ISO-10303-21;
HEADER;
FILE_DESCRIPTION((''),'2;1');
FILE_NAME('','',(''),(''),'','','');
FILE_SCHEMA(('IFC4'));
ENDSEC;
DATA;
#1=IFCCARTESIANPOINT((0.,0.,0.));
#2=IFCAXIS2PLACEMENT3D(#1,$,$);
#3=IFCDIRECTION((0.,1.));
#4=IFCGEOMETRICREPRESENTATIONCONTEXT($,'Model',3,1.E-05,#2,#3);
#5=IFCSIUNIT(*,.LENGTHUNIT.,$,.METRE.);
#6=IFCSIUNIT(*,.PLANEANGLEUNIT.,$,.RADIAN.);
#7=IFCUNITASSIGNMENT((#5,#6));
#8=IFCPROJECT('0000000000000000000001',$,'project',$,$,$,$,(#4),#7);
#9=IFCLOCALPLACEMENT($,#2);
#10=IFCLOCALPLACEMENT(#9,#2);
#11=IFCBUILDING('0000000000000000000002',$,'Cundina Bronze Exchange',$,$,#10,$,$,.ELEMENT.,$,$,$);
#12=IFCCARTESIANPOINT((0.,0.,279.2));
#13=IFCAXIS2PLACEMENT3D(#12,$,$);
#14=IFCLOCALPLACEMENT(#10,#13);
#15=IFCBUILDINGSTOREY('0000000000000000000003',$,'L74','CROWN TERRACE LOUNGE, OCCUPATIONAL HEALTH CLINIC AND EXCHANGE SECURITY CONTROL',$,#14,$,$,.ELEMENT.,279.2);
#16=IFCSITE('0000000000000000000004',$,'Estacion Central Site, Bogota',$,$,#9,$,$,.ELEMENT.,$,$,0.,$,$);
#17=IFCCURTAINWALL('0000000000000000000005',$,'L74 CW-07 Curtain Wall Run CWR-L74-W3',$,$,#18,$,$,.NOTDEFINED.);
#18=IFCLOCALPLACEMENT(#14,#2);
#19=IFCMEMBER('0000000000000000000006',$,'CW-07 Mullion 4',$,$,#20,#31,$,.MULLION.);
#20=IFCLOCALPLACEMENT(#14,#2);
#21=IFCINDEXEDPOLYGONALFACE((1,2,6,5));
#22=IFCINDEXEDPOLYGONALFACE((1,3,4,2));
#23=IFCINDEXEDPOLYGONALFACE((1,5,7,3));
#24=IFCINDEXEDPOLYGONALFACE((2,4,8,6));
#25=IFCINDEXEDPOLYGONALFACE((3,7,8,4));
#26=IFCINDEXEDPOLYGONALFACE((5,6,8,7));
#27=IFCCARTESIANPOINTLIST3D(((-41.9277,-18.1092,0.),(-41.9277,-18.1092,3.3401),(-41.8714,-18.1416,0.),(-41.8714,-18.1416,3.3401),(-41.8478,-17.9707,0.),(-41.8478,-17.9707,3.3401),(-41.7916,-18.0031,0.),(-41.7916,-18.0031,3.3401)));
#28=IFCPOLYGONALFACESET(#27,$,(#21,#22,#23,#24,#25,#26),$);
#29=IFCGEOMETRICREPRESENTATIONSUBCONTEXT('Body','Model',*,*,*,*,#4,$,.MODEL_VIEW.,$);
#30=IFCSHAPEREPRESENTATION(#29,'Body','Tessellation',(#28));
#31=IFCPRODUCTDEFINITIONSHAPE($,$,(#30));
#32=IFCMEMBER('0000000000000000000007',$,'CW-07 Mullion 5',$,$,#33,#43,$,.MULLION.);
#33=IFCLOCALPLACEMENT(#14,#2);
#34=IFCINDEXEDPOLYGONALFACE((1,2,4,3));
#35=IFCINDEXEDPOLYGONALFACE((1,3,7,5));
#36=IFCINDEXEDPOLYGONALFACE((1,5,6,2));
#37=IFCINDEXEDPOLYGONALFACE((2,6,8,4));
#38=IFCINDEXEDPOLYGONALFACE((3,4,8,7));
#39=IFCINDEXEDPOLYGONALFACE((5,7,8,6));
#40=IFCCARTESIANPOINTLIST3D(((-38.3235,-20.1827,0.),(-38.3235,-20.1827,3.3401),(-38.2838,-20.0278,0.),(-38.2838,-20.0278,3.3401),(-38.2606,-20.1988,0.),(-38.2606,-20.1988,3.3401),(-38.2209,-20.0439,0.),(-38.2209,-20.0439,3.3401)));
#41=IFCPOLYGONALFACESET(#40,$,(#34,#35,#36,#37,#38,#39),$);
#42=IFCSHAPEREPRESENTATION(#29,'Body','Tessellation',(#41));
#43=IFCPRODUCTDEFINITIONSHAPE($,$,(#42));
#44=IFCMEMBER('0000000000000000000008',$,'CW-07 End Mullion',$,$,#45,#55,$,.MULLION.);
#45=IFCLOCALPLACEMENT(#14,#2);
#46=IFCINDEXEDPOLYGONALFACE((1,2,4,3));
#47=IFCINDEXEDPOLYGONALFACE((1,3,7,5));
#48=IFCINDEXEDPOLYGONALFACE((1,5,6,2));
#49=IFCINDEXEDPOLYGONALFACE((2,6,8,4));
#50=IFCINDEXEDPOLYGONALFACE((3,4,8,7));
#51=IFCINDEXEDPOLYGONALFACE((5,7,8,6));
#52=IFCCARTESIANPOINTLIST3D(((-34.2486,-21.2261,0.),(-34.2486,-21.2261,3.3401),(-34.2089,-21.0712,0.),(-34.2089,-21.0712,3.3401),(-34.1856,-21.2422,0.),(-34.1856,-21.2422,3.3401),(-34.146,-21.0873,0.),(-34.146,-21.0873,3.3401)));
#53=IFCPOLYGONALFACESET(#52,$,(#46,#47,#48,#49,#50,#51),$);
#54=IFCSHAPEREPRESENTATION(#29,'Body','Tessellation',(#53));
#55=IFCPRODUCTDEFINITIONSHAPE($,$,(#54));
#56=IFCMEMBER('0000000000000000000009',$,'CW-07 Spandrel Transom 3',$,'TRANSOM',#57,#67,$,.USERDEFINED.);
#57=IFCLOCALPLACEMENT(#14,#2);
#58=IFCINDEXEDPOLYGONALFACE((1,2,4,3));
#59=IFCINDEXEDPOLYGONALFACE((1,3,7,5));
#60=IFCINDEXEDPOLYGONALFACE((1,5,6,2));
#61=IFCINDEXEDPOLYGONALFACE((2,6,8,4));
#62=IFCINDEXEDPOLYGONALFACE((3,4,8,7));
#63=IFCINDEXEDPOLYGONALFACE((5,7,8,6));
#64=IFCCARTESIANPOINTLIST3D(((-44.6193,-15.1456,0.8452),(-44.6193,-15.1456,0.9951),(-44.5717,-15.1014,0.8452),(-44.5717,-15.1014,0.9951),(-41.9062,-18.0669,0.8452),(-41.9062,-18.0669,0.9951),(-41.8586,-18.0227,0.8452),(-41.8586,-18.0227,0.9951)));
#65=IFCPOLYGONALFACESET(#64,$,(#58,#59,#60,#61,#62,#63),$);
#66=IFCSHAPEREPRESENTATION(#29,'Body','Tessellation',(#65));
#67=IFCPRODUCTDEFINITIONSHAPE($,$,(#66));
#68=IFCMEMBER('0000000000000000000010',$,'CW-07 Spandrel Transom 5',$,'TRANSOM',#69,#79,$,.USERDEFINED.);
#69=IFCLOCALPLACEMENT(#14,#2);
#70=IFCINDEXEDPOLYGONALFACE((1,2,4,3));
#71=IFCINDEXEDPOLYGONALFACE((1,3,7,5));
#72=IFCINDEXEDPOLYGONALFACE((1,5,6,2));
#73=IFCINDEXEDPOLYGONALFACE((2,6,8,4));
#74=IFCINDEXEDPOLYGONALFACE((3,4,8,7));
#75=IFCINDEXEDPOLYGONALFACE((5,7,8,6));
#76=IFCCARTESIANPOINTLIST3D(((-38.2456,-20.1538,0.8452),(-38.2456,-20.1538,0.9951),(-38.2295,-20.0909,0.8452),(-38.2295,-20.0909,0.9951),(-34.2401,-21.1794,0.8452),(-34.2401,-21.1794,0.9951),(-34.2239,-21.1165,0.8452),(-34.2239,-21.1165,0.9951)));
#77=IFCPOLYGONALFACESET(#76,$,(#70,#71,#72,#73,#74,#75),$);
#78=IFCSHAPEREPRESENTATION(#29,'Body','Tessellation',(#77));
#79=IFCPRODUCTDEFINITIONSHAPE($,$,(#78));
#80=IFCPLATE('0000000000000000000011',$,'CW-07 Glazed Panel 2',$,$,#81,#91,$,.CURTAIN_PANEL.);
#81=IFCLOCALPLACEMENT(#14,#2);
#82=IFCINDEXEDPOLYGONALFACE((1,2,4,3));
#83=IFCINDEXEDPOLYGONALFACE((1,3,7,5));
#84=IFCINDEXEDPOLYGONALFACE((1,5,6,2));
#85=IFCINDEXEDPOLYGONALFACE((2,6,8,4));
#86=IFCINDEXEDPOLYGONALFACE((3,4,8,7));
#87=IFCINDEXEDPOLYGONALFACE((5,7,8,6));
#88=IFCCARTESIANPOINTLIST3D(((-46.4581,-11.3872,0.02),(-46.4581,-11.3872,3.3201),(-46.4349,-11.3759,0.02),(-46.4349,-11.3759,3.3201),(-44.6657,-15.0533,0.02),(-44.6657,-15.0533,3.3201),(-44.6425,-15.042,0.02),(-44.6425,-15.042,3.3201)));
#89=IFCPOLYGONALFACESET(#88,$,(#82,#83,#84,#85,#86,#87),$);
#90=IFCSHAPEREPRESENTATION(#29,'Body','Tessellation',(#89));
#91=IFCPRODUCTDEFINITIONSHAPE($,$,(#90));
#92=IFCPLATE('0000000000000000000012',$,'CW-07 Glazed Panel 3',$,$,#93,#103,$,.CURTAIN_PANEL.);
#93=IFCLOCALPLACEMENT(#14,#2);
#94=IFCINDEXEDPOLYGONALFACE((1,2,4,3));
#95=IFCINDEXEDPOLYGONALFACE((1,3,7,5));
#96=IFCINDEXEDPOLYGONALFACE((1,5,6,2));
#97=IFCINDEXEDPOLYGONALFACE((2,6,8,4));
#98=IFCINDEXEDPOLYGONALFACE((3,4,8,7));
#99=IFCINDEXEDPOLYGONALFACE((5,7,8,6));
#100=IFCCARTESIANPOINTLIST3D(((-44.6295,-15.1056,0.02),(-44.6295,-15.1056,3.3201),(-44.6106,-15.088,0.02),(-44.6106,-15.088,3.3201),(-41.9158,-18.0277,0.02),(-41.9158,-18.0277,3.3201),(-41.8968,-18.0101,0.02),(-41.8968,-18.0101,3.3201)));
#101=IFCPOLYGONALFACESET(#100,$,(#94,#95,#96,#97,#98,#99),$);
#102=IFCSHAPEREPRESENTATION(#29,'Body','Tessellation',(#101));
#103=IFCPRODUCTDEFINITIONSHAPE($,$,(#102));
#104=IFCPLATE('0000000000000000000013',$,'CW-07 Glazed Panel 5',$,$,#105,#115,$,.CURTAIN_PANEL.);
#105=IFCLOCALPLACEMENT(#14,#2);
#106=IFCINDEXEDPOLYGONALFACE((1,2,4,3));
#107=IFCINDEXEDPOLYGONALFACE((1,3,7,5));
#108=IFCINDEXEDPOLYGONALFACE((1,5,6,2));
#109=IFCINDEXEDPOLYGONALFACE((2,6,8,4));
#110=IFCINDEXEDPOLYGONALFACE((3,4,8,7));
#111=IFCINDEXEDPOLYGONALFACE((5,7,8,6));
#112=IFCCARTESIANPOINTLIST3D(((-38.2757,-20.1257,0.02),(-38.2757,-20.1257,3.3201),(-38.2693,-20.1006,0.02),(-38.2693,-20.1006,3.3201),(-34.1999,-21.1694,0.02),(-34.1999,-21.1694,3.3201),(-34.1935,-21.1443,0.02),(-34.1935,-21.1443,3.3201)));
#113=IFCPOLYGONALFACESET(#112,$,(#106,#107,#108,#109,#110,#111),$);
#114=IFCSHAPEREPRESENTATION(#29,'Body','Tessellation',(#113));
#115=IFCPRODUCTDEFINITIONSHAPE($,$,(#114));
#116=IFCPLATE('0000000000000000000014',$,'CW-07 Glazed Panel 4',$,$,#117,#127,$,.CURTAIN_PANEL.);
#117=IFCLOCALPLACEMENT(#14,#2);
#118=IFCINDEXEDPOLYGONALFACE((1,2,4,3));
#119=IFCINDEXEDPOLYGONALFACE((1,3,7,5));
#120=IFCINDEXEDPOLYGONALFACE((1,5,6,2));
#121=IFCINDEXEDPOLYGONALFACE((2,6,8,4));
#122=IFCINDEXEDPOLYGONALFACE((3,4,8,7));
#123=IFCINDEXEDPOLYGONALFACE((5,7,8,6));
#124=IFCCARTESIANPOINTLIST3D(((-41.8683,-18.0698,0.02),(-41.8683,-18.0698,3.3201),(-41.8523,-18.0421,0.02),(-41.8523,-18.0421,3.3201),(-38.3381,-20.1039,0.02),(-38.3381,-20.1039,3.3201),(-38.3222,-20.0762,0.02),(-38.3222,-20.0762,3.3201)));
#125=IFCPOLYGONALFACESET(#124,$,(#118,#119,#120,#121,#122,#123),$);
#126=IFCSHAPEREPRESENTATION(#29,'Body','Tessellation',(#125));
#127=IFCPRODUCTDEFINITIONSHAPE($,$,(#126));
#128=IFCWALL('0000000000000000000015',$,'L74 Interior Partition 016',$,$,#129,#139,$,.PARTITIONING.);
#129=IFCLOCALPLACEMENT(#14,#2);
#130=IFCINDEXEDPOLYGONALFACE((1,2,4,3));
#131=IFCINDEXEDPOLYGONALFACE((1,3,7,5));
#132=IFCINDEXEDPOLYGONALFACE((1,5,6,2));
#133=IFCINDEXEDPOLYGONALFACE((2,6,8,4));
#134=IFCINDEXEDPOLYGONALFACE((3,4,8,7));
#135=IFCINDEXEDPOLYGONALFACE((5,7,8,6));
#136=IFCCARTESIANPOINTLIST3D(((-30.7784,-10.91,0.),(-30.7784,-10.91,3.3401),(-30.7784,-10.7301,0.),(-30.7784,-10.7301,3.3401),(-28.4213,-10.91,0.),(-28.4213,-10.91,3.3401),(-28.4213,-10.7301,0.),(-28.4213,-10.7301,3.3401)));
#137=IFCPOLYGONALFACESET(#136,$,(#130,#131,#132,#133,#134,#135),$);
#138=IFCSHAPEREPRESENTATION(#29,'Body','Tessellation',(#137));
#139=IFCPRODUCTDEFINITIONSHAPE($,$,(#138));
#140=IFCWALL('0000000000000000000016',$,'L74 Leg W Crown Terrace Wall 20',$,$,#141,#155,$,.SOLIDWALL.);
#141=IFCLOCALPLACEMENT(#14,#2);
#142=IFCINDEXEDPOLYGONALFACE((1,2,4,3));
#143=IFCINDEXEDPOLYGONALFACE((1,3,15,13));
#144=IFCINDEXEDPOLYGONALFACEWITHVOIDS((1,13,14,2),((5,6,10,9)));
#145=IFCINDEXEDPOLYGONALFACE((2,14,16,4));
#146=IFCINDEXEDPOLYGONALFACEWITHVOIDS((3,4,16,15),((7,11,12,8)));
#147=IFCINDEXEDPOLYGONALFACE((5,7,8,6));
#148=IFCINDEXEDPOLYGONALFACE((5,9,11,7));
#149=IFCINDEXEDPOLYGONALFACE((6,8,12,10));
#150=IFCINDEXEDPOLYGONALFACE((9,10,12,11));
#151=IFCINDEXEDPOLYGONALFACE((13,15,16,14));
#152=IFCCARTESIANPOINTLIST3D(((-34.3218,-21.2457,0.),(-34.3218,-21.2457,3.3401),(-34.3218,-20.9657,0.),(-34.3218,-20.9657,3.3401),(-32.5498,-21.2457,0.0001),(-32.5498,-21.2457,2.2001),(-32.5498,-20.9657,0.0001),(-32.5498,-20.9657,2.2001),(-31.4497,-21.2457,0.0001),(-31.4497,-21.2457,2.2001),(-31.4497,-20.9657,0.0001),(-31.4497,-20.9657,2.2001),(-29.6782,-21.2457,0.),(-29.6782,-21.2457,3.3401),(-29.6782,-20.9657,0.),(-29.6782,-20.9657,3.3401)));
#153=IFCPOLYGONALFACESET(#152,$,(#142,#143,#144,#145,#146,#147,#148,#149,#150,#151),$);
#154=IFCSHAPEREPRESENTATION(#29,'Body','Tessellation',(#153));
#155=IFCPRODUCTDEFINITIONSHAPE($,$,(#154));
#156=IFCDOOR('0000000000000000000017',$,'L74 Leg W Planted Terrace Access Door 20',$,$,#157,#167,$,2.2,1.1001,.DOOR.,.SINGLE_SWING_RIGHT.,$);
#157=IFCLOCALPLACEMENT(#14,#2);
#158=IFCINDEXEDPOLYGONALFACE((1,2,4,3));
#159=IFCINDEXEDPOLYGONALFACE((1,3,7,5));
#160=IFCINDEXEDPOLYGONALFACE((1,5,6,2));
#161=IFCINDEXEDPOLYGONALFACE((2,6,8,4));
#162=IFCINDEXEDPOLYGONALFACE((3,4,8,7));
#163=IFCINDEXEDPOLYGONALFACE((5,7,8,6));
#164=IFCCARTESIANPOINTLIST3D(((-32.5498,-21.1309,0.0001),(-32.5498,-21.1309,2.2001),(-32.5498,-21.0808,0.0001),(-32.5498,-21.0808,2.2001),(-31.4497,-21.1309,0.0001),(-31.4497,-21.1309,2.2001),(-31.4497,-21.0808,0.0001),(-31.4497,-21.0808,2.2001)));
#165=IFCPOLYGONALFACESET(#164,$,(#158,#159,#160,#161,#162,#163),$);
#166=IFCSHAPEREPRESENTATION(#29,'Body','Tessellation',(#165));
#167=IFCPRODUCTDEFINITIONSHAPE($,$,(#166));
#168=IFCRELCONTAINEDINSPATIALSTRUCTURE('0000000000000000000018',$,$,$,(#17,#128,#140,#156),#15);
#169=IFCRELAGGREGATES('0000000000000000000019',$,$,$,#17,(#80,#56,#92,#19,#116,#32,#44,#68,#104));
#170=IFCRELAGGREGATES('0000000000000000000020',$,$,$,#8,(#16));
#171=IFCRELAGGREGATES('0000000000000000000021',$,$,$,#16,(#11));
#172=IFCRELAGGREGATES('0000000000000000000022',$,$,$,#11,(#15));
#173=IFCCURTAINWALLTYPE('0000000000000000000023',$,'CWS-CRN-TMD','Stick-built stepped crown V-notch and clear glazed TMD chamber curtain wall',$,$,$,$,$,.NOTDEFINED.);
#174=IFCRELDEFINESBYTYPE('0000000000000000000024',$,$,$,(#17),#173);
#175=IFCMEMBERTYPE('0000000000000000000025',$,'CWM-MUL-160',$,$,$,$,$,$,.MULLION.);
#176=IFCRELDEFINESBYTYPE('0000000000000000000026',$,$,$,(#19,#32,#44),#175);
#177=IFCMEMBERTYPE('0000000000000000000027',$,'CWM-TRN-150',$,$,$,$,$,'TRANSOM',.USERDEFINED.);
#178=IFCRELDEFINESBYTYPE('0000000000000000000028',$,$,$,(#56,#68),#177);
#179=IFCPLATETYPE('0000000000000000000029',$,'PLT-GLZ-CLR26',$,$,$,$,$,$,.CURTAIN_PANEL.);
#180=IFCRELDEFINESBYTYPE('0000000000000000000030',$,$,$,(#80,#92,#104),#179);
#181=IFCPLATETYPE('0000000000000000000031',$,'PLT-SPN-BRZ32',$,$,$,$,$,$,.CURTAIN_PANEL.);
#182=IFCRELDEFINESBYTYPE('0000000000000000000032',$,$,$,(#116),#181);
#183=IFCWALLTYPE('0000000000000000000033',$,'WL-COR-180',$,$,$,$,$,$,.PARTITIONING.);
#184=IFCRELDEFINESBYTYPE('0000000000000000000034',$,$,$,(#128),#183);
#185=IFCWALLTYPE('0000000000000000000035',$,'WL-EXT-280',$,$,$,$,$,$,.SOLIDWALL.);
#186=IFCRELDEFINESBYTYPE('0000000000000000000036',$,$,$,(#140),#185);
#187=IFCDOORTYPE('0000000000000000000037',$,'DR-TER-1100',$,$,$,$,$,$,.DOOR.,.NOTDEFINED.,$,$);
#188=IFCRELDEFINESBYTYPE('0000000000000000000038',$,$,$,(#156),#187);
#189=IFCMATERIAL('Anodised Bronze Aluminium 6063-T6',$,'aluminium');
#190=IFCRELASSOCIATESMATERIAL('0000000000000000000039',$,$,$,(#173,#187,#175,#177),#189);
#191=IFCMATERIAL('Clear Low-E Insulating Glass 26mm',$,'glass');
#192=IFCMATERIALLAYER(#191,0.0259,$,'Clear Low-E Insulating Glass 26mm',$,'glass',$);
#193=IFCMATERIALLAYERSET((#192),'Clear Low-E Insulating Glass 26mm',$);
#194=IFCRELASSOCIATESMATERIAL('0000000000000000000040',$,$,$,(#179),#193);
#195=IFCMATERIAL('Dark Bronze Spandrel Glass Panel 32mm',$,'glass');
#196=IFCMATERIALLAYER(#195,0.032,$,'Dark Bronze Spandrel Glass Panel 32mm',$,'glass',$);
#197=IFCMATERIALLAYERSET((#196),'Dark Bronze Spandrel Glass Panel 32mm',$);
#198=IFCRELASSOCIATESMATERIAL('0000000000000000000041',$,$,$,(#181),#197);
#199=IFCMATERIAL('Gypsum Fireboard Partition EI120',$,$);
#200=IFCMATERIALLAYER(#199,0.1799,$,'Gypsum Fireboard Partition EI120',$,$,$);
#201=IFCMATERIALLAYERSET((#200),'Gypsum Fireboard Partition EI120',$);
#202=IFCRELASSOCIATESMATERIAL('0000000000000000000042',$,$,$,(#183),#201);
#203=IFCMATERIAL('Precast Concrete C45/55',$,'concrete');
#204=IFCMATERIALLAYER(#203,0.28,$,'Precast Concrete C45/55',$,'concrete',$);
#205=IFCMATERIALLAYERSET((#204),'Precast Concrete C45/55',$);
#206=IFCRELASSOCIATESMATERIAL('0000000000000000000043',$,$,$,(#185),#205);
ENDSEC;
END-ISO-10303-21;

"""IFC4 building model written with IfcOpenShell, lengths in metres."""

from ifc_helpers import new_model, si_unit, direction, frame, frame_2d, origin, origin_2d, place, context, subcontext, project, spatial, rectangle, extrude, material, layer, layer_set, material_profile, profile_set, type_object, element, fill, aggregate, save


model = new_model("IFC4")

# Units and contexts
model_context = context("Model", 3, precision=1e-05, world=origin(), true_north=direction((0.0, 1.0)))
body_context = subcontext(model_context, "Body", "Model", "MODEL_VIEW")
ifc_project = project(units=[si_unit("LENGTHUNIT", "METRE"), si_unit("PLANEANGLEUNIT", "RADIAN")], contexts=[model_context])

# Site, building, storey
site_placement = place(None, origin())
site = spatial("IfcSite", under=ifc_project, at=site_placement, Name="Estacion Central Site, Bogota", CompositionType="ELEMENT", RefElevation=0.0)
building_placement = place(site_placement, origin())
building = spatial("IfcBuilding", under=site, at=building_placement, Name="Cundina Bronze Exchange", CompositionType="ELEMENT")
storey_placement = place(building_placement, frame((0.0, 0.0, 279.2)))
storey = spatial("IfcBuildingStorey", under=building, at=storey_placement, Name="L74", Description="CROWN TERRACE LOUNGE, OCCUPATIONAL HEALTH CLINIC AND EXCHANGE SECURITY CONTROL", CompositionType="ELEMENT", Elevation=279.2)

# Curtain wall, members, plates
ifc_material_1 = material(Name="Anodised Bronze Aluminium 6063-T6", Category="aluminium")
curtain_wall_type = type_object("IfcCurtainWallType", Name="CWS-CRN-TMD", Description="Stick-built stepped crown V-notch and clear glazed TMD chamber curtain wall", PredefinedType="NOTDEFINED", material=ifc_material_1)
curtain_wall_placement = place(storey_placement, origin())
curtain_wall = element("IfcCurtainWall", 1, at=curtain_wall_placement, inside=storey, type_object=curtain_wall_type, Name="L74 CW-07 Curtain Wall Run CWR-L74-W3", PredefinedType="NOTDEFINED")
ifc_material_profile_1 = material_profile(ifc_material_1, rectangle(XDim=0.0649, YDim=0.1599, at=origin_2d()), Name="AL65X160", Category="aluminium")
ifc_profile_set_1 = profile_set([ifc_material_profile_1], Name="Anodised Bronze Aluminium 6063-T6")
member_type_1 = type_object("IfcMemberType", Name="CWM-MUL-160", PredefinedType="MULLION", material=ifc_profile_set_1)
member_1_placement = place(storey_placement, frame((-41.8596, -18.0562, 0.0), z_axis=(0.0, 0.0, 1.0), x_axis=(0.866461, -0.499244, 0.0)))
member_1 = element("IfcMember", 2, at=member_1_placement, type_object=member_type_1, Name="CW-07 Mullion 4", PredefinedType="MULLION", context=body_context, shape_type="SweptSolid", body=[
    extrude(rectangle(XDim=0.0649, YDim=0.1599, at=origin_2d()), origin(), (0.0, 0.0, 1.0), 3.3401),
])
member_2_placement = place(storey_placement, frame((-38.2722, -20.1133, 0.0), z_axis=(0.0, 0.0, 1.0), x_axis=(0.968757, -0.248014, 0.0)))
member_2 = element("IfcMember", 3, at=member_2_placement, type_object=member_type_1, Name="CW-07 Mullion 5", PredefinedType="MULLION", context=body_context, shape_type="SweptSolid", body=[
    extrude(rectangle(XDim=0.0649, YDim=0.1599, at=origin_2d()), origin(), (0.0, 0.0, 1.0), 3.3401),
])
member_3_placement = place(storey_placement, frame((-34.1973, -21.1567, 0.0), z_axis=(0.0, 0.0, 1.0), x_axis=(0.968757, -0.248014, 0.0)))
member_3 = element("IfcMember", 4, at=member_3_placement, type_object=member_type_1, Name="CW-07 End Mullion", PredefinedType="MULLION", context=body_context, shape_type="SweptSolid", body=[
    extrude(rectangle(XDim=0.0649, YDim=0.1599, at=origin_2d()), origin(), (0.0, 0.0, 1.0), 3.3401),
])
ifc_material_profile_2 = material_profile(ifc_material_1, rectangle(XDim=0.0649, YDim=0.1499, at=origin_2d()), Name="AL65X150", Category="aluminium")
ifc_profile_set_2 = profile_set([ifc_material_profile_2], Name="Anodised Bronze Aluminium 6063-T6")
member_type_2 = type_object("IfcMemberType", Name="CWM-TRN-150", ElementType="TRANSOM", PredefinedType="USERDEFINED", material=ifc_profile_set_2)
member_4_placement = place(storey_placement, frame((-44.5955, -15.1235, 0.9202), z_axis=(0.680507, -0.732741, 0.0), x_axis=(0.732741, 0.680507, 0.0)))
member_4 = element("IfcMember", 5, at=member_4_placement, type_object=member_type_2, Name="CW-07 Spandrel Transom 3", ObjectType="TRANSOM", PredefinedType="USERDEFINED", context=body_context, shape_type="SweptSolid", body=[
    extrude(rectangle(XDim=0.0649, YDim=0.1499, at=origin_2d()), origin(), (0.0, 0.0, 1.0), 3.9868),
])
member_5_placement = place(storey_placement, frame((-38.2375, -20.1223, 0.9202), z_axis=(0.968748, -0.248047, 0.0), x_axis=(0.248047, 0.968748, 0.0)))
member_5 = element("IfcMember", 6, at=member_5_placement, type_object=member_type_2, Name="CW-07 Spandrel Transom 5", ObjectType="TRANSOM", PredefinedType="USERDEFINED", context=body_context, shape_type="SweptSolid", body=[
    extrude(rectangle(XDim=0.0649, YDim=0.1499, at=origin_2d()), origin(), (0.0, 0.0, 1.0), 4.1348),
])
ifc_material_2 = material(Name="Clear Low-E Insulating Glass 26mm", Category="glass")
ifc_layer_1 = layer(ifc_material_2, 0.0259, Name="Clear Low-E Insulating Glass 26mm", Category="glass")
ifc_layer_set_1 = layer_set([ifc_layer_1], Name="Clear Low-E Insulating Glass 26mm")
plate_type_1 = type_object("IfcPlateType", Name="PLT-GLZ-CLR26", PredefinedType="CURTAIN_PANEL", material=ifc_layer_set_1)
plate_1_placement = place(storey_placement, frame((-45.5503, -13.2146, 0.02), z_axis=(0.0, 0.0, 1.0), x_axis=(0.439234, -0.898373, 0.0)))
plate_1 = element("IfcPlate", 7, at=plate_1_placement, type_object=plate_type_1, Name="CW-07 Glazed Panel 2", PredefinedType="CURTAIN_PANEL", context=body_context, shape_type="SweptSolid", body=[
    extrude(rectangle(XDim=4.0808, YDim=0.0259, at=origin_2d()), origin(), (0.0, 0.0, 1.0), 3.3),
])
plate_2_placement = place(storey_placement, frame((-43.2632, -16.5579, 0.02), z_axis=(0.0, 0.0, 1.0), x_axis=(0.680503, -0.732745, 0.0)))
plate_2 = element("IfcPlate", 8, at=plate_2_placement, type_object=plate_type_1, Name="CW-07 Glazed Panel 3", PredefinedType="CURTAIN_PANEL", context=body_context, shape_type="SweptSolid", body=[
    extrude(rectangle(XDim=3.9878, YDim=0.0259, at=origin_2d()), origin(), (0.0, 0.0, 1.0), 3.3),
])
plate_3_placement = place(storey_placement, frame((-36.2346, -20.635, 0.02), z_axis=(0.0, 0.0, 1.0), x_axis=(0.968744, -0.248064, 0.0)))
plate_3 = element("IfcPlate", 9, at=plate_3_placement, type_object=plate_type_1, Name="CW-07 Glazed Panel 5", PredefinedType="CURTAIN_PANEL", context=body_context, shape_type="SweptSolid", body=[
    extrude(rectangle(XDim=4.2073, YDim=0.0259, at=origin_2d()), origin(), (0.0, 0.0, 1.0), 3.3),
])
ifc_material_3 = material(Name="Dark Bronze Spandrel Glass Panel 32mm", Category="glass")
ifc_layer_2 = layer(ifc_material_3, 0.032, Name="Dark Bronze Spandrel Glass Panel 32mm", Category="glass")
ifc_layer_set_2 = layer_set([ifc_layer_2], Name="Dark Bronze Spandrel Glass Panel 32mm")
plate_type_2 = type_object("IfcPlateType", Name="PLT-SPN-BRZ32", PredefinedType="CURTAIN_PANEL", material=ifc_layer_set_2)
plate_4_placement = place(storey_placement, frame((-40.0952, -19.073, 0.02), z_axis=(0.0, 0.0, 1.0), x_axis=(0.866453, -0.499259, 0.0)))
plate_4 = element("IfcPlate", 10, at=plate_4_placement, type_object=plate_type_2, Name="CW-07 Glazed Panel 4", PredefinedType="CURTAIN_PANEL", context=body_context, shape_type="SweptSolid", body=[
    extrude(rectangle(XDim=4.0742, YDim=0.032, at=origin_2d()), origin(), (0.0, 0.0, 1.0), 3.3),
])
aggregate(curtain_wall, [plate_1, member_4, plate_2, member_1, plate_4, member_2, member_3, member_5, plate_3])

# Wall
ifc_material_4 = material(Name="Gypsum Fireboard Partition EI120")
ifc_layer_3 = layer(ifc_material_4, 0.1799, Name="Gypsum Fireboard Partition EI120")
ifc_layer_set_3 = layer_set([ifc_layer_3], Name="Gypsum Fireboard Partition EI120")
wall_type_1 = type_object("IfcWallType", Name="WL-COR-180", PredefinedType="PARTITIONING", material=ifc_layer_set_3)
wall_1_placement = place(storey_placement, frame((-30.7786, -10.8201, 0.0), z_axis=(0.0, 0.0, 1.0), x_axis=(1.0, 0.0, 0.0)))
element("IfcWall", 11, at=wall_1_placement, inside=storey, type_object=wall_type_1, Name="L74 Interior Partition 016", PredefinedType="PARTITIONING", context=body_context, shape_type="SweptSolid", body=[
    extrude(rectangle(XDim=2.3572, YDim=0.1799, at=frame_2d((1.1787, 0.0))), origin(), (0.0, 0.0, 1.0), 3.3401),
])

# Wall, opening, door
ifc_material_5 = material(Name="Precast Concrete C45/55", Category="concrete")
ifc_layer_4 = layer(ifc_material_5, 0.28, Name="Precast Concrete C45/55", Category="concrete")
ifc_layer_set_4 = layer_set([ifc_layer_4], Name="Precast Concrete C45/55")
wall_type_2 = type_object("IfcWallType", Name="WL-EXT-280", PredefinedType="SOLIDWALL", material=ifc_layer_set_4)
wall_2_placement = place(storey_placement, frame((-34.3218, -21.1057, 0.0), z_axis=(0.0, 0.0, 1.0), x_axis=(1.0, 0.0, 0.0)))
wall_2 = element("IfcWall", 12, at=wall_2_placement, inside=storey, type_object=wall_type_2, Name="L74 Leg W Crown Terrace Wall 20", PredefinedType="SOLIDWALL", context=body_context, shape_type="SweptSolid", body=[
    extrude(rectangle(XDim=4.6436, YDim=0.28, at=frame_2d((2.3218, 0.0))), origin(), (0.0, 0.0, 1.0), 3.3401),
])
opening_1_placement = place(wall_2_placement, frame((1.772, 0.0, 0.0)))
opening_1 = element("IfcOpeningElement", 13, at=opening_1_placement, cuts=wall_2, PredefinedType="OPENING", context=body_context, shape_type="SweptSolid", body=[
    extrude(rectangle(XDim=1.1001, YDim=2.2, at=frame_2d((0.55, 1.1001))), frame((0.0, 0.1499, 0.0), z_axis=(0.0, -1.0, 0.0), x_axis=(1.0, 0.0, 0.0)), (0.0, 0.0, 1.0), 0.3),
])
door_type = type_object("IfcDoorType", Name="DR-TER-1100", OperationType="NOTDEFINED", PredefinedType="DOOR", material=ifc_material_1)
door_placement = place(opening_1_placement, origin())
door = element("IfcDoor", 14, at=door_placement, inside=storey, type_object=door_type, Name="L74 Leg W Planted Terrace Access Door 20", OperationType="SINGLE_SWING_RIGHT", OverallHeight=2.2, OverallWidth=1.1001, PredefinedType="DOOR", context=body_context, shape_type="SweptSolid", body=[
    extrude(rectangle(XDim=1.1001, YDim=2.2, at=frame_2d((0.55, 1.1001))), frame((0.0, 0.0249, 0.0), z_axis=(0.0, -1.0, 0.0), x_axis=(1.0, 0.0, 0.0)), (0.0, 0.0, 1.0), 0.05),
])
fill(opening_1, door)

save(model, "model.ifc")
